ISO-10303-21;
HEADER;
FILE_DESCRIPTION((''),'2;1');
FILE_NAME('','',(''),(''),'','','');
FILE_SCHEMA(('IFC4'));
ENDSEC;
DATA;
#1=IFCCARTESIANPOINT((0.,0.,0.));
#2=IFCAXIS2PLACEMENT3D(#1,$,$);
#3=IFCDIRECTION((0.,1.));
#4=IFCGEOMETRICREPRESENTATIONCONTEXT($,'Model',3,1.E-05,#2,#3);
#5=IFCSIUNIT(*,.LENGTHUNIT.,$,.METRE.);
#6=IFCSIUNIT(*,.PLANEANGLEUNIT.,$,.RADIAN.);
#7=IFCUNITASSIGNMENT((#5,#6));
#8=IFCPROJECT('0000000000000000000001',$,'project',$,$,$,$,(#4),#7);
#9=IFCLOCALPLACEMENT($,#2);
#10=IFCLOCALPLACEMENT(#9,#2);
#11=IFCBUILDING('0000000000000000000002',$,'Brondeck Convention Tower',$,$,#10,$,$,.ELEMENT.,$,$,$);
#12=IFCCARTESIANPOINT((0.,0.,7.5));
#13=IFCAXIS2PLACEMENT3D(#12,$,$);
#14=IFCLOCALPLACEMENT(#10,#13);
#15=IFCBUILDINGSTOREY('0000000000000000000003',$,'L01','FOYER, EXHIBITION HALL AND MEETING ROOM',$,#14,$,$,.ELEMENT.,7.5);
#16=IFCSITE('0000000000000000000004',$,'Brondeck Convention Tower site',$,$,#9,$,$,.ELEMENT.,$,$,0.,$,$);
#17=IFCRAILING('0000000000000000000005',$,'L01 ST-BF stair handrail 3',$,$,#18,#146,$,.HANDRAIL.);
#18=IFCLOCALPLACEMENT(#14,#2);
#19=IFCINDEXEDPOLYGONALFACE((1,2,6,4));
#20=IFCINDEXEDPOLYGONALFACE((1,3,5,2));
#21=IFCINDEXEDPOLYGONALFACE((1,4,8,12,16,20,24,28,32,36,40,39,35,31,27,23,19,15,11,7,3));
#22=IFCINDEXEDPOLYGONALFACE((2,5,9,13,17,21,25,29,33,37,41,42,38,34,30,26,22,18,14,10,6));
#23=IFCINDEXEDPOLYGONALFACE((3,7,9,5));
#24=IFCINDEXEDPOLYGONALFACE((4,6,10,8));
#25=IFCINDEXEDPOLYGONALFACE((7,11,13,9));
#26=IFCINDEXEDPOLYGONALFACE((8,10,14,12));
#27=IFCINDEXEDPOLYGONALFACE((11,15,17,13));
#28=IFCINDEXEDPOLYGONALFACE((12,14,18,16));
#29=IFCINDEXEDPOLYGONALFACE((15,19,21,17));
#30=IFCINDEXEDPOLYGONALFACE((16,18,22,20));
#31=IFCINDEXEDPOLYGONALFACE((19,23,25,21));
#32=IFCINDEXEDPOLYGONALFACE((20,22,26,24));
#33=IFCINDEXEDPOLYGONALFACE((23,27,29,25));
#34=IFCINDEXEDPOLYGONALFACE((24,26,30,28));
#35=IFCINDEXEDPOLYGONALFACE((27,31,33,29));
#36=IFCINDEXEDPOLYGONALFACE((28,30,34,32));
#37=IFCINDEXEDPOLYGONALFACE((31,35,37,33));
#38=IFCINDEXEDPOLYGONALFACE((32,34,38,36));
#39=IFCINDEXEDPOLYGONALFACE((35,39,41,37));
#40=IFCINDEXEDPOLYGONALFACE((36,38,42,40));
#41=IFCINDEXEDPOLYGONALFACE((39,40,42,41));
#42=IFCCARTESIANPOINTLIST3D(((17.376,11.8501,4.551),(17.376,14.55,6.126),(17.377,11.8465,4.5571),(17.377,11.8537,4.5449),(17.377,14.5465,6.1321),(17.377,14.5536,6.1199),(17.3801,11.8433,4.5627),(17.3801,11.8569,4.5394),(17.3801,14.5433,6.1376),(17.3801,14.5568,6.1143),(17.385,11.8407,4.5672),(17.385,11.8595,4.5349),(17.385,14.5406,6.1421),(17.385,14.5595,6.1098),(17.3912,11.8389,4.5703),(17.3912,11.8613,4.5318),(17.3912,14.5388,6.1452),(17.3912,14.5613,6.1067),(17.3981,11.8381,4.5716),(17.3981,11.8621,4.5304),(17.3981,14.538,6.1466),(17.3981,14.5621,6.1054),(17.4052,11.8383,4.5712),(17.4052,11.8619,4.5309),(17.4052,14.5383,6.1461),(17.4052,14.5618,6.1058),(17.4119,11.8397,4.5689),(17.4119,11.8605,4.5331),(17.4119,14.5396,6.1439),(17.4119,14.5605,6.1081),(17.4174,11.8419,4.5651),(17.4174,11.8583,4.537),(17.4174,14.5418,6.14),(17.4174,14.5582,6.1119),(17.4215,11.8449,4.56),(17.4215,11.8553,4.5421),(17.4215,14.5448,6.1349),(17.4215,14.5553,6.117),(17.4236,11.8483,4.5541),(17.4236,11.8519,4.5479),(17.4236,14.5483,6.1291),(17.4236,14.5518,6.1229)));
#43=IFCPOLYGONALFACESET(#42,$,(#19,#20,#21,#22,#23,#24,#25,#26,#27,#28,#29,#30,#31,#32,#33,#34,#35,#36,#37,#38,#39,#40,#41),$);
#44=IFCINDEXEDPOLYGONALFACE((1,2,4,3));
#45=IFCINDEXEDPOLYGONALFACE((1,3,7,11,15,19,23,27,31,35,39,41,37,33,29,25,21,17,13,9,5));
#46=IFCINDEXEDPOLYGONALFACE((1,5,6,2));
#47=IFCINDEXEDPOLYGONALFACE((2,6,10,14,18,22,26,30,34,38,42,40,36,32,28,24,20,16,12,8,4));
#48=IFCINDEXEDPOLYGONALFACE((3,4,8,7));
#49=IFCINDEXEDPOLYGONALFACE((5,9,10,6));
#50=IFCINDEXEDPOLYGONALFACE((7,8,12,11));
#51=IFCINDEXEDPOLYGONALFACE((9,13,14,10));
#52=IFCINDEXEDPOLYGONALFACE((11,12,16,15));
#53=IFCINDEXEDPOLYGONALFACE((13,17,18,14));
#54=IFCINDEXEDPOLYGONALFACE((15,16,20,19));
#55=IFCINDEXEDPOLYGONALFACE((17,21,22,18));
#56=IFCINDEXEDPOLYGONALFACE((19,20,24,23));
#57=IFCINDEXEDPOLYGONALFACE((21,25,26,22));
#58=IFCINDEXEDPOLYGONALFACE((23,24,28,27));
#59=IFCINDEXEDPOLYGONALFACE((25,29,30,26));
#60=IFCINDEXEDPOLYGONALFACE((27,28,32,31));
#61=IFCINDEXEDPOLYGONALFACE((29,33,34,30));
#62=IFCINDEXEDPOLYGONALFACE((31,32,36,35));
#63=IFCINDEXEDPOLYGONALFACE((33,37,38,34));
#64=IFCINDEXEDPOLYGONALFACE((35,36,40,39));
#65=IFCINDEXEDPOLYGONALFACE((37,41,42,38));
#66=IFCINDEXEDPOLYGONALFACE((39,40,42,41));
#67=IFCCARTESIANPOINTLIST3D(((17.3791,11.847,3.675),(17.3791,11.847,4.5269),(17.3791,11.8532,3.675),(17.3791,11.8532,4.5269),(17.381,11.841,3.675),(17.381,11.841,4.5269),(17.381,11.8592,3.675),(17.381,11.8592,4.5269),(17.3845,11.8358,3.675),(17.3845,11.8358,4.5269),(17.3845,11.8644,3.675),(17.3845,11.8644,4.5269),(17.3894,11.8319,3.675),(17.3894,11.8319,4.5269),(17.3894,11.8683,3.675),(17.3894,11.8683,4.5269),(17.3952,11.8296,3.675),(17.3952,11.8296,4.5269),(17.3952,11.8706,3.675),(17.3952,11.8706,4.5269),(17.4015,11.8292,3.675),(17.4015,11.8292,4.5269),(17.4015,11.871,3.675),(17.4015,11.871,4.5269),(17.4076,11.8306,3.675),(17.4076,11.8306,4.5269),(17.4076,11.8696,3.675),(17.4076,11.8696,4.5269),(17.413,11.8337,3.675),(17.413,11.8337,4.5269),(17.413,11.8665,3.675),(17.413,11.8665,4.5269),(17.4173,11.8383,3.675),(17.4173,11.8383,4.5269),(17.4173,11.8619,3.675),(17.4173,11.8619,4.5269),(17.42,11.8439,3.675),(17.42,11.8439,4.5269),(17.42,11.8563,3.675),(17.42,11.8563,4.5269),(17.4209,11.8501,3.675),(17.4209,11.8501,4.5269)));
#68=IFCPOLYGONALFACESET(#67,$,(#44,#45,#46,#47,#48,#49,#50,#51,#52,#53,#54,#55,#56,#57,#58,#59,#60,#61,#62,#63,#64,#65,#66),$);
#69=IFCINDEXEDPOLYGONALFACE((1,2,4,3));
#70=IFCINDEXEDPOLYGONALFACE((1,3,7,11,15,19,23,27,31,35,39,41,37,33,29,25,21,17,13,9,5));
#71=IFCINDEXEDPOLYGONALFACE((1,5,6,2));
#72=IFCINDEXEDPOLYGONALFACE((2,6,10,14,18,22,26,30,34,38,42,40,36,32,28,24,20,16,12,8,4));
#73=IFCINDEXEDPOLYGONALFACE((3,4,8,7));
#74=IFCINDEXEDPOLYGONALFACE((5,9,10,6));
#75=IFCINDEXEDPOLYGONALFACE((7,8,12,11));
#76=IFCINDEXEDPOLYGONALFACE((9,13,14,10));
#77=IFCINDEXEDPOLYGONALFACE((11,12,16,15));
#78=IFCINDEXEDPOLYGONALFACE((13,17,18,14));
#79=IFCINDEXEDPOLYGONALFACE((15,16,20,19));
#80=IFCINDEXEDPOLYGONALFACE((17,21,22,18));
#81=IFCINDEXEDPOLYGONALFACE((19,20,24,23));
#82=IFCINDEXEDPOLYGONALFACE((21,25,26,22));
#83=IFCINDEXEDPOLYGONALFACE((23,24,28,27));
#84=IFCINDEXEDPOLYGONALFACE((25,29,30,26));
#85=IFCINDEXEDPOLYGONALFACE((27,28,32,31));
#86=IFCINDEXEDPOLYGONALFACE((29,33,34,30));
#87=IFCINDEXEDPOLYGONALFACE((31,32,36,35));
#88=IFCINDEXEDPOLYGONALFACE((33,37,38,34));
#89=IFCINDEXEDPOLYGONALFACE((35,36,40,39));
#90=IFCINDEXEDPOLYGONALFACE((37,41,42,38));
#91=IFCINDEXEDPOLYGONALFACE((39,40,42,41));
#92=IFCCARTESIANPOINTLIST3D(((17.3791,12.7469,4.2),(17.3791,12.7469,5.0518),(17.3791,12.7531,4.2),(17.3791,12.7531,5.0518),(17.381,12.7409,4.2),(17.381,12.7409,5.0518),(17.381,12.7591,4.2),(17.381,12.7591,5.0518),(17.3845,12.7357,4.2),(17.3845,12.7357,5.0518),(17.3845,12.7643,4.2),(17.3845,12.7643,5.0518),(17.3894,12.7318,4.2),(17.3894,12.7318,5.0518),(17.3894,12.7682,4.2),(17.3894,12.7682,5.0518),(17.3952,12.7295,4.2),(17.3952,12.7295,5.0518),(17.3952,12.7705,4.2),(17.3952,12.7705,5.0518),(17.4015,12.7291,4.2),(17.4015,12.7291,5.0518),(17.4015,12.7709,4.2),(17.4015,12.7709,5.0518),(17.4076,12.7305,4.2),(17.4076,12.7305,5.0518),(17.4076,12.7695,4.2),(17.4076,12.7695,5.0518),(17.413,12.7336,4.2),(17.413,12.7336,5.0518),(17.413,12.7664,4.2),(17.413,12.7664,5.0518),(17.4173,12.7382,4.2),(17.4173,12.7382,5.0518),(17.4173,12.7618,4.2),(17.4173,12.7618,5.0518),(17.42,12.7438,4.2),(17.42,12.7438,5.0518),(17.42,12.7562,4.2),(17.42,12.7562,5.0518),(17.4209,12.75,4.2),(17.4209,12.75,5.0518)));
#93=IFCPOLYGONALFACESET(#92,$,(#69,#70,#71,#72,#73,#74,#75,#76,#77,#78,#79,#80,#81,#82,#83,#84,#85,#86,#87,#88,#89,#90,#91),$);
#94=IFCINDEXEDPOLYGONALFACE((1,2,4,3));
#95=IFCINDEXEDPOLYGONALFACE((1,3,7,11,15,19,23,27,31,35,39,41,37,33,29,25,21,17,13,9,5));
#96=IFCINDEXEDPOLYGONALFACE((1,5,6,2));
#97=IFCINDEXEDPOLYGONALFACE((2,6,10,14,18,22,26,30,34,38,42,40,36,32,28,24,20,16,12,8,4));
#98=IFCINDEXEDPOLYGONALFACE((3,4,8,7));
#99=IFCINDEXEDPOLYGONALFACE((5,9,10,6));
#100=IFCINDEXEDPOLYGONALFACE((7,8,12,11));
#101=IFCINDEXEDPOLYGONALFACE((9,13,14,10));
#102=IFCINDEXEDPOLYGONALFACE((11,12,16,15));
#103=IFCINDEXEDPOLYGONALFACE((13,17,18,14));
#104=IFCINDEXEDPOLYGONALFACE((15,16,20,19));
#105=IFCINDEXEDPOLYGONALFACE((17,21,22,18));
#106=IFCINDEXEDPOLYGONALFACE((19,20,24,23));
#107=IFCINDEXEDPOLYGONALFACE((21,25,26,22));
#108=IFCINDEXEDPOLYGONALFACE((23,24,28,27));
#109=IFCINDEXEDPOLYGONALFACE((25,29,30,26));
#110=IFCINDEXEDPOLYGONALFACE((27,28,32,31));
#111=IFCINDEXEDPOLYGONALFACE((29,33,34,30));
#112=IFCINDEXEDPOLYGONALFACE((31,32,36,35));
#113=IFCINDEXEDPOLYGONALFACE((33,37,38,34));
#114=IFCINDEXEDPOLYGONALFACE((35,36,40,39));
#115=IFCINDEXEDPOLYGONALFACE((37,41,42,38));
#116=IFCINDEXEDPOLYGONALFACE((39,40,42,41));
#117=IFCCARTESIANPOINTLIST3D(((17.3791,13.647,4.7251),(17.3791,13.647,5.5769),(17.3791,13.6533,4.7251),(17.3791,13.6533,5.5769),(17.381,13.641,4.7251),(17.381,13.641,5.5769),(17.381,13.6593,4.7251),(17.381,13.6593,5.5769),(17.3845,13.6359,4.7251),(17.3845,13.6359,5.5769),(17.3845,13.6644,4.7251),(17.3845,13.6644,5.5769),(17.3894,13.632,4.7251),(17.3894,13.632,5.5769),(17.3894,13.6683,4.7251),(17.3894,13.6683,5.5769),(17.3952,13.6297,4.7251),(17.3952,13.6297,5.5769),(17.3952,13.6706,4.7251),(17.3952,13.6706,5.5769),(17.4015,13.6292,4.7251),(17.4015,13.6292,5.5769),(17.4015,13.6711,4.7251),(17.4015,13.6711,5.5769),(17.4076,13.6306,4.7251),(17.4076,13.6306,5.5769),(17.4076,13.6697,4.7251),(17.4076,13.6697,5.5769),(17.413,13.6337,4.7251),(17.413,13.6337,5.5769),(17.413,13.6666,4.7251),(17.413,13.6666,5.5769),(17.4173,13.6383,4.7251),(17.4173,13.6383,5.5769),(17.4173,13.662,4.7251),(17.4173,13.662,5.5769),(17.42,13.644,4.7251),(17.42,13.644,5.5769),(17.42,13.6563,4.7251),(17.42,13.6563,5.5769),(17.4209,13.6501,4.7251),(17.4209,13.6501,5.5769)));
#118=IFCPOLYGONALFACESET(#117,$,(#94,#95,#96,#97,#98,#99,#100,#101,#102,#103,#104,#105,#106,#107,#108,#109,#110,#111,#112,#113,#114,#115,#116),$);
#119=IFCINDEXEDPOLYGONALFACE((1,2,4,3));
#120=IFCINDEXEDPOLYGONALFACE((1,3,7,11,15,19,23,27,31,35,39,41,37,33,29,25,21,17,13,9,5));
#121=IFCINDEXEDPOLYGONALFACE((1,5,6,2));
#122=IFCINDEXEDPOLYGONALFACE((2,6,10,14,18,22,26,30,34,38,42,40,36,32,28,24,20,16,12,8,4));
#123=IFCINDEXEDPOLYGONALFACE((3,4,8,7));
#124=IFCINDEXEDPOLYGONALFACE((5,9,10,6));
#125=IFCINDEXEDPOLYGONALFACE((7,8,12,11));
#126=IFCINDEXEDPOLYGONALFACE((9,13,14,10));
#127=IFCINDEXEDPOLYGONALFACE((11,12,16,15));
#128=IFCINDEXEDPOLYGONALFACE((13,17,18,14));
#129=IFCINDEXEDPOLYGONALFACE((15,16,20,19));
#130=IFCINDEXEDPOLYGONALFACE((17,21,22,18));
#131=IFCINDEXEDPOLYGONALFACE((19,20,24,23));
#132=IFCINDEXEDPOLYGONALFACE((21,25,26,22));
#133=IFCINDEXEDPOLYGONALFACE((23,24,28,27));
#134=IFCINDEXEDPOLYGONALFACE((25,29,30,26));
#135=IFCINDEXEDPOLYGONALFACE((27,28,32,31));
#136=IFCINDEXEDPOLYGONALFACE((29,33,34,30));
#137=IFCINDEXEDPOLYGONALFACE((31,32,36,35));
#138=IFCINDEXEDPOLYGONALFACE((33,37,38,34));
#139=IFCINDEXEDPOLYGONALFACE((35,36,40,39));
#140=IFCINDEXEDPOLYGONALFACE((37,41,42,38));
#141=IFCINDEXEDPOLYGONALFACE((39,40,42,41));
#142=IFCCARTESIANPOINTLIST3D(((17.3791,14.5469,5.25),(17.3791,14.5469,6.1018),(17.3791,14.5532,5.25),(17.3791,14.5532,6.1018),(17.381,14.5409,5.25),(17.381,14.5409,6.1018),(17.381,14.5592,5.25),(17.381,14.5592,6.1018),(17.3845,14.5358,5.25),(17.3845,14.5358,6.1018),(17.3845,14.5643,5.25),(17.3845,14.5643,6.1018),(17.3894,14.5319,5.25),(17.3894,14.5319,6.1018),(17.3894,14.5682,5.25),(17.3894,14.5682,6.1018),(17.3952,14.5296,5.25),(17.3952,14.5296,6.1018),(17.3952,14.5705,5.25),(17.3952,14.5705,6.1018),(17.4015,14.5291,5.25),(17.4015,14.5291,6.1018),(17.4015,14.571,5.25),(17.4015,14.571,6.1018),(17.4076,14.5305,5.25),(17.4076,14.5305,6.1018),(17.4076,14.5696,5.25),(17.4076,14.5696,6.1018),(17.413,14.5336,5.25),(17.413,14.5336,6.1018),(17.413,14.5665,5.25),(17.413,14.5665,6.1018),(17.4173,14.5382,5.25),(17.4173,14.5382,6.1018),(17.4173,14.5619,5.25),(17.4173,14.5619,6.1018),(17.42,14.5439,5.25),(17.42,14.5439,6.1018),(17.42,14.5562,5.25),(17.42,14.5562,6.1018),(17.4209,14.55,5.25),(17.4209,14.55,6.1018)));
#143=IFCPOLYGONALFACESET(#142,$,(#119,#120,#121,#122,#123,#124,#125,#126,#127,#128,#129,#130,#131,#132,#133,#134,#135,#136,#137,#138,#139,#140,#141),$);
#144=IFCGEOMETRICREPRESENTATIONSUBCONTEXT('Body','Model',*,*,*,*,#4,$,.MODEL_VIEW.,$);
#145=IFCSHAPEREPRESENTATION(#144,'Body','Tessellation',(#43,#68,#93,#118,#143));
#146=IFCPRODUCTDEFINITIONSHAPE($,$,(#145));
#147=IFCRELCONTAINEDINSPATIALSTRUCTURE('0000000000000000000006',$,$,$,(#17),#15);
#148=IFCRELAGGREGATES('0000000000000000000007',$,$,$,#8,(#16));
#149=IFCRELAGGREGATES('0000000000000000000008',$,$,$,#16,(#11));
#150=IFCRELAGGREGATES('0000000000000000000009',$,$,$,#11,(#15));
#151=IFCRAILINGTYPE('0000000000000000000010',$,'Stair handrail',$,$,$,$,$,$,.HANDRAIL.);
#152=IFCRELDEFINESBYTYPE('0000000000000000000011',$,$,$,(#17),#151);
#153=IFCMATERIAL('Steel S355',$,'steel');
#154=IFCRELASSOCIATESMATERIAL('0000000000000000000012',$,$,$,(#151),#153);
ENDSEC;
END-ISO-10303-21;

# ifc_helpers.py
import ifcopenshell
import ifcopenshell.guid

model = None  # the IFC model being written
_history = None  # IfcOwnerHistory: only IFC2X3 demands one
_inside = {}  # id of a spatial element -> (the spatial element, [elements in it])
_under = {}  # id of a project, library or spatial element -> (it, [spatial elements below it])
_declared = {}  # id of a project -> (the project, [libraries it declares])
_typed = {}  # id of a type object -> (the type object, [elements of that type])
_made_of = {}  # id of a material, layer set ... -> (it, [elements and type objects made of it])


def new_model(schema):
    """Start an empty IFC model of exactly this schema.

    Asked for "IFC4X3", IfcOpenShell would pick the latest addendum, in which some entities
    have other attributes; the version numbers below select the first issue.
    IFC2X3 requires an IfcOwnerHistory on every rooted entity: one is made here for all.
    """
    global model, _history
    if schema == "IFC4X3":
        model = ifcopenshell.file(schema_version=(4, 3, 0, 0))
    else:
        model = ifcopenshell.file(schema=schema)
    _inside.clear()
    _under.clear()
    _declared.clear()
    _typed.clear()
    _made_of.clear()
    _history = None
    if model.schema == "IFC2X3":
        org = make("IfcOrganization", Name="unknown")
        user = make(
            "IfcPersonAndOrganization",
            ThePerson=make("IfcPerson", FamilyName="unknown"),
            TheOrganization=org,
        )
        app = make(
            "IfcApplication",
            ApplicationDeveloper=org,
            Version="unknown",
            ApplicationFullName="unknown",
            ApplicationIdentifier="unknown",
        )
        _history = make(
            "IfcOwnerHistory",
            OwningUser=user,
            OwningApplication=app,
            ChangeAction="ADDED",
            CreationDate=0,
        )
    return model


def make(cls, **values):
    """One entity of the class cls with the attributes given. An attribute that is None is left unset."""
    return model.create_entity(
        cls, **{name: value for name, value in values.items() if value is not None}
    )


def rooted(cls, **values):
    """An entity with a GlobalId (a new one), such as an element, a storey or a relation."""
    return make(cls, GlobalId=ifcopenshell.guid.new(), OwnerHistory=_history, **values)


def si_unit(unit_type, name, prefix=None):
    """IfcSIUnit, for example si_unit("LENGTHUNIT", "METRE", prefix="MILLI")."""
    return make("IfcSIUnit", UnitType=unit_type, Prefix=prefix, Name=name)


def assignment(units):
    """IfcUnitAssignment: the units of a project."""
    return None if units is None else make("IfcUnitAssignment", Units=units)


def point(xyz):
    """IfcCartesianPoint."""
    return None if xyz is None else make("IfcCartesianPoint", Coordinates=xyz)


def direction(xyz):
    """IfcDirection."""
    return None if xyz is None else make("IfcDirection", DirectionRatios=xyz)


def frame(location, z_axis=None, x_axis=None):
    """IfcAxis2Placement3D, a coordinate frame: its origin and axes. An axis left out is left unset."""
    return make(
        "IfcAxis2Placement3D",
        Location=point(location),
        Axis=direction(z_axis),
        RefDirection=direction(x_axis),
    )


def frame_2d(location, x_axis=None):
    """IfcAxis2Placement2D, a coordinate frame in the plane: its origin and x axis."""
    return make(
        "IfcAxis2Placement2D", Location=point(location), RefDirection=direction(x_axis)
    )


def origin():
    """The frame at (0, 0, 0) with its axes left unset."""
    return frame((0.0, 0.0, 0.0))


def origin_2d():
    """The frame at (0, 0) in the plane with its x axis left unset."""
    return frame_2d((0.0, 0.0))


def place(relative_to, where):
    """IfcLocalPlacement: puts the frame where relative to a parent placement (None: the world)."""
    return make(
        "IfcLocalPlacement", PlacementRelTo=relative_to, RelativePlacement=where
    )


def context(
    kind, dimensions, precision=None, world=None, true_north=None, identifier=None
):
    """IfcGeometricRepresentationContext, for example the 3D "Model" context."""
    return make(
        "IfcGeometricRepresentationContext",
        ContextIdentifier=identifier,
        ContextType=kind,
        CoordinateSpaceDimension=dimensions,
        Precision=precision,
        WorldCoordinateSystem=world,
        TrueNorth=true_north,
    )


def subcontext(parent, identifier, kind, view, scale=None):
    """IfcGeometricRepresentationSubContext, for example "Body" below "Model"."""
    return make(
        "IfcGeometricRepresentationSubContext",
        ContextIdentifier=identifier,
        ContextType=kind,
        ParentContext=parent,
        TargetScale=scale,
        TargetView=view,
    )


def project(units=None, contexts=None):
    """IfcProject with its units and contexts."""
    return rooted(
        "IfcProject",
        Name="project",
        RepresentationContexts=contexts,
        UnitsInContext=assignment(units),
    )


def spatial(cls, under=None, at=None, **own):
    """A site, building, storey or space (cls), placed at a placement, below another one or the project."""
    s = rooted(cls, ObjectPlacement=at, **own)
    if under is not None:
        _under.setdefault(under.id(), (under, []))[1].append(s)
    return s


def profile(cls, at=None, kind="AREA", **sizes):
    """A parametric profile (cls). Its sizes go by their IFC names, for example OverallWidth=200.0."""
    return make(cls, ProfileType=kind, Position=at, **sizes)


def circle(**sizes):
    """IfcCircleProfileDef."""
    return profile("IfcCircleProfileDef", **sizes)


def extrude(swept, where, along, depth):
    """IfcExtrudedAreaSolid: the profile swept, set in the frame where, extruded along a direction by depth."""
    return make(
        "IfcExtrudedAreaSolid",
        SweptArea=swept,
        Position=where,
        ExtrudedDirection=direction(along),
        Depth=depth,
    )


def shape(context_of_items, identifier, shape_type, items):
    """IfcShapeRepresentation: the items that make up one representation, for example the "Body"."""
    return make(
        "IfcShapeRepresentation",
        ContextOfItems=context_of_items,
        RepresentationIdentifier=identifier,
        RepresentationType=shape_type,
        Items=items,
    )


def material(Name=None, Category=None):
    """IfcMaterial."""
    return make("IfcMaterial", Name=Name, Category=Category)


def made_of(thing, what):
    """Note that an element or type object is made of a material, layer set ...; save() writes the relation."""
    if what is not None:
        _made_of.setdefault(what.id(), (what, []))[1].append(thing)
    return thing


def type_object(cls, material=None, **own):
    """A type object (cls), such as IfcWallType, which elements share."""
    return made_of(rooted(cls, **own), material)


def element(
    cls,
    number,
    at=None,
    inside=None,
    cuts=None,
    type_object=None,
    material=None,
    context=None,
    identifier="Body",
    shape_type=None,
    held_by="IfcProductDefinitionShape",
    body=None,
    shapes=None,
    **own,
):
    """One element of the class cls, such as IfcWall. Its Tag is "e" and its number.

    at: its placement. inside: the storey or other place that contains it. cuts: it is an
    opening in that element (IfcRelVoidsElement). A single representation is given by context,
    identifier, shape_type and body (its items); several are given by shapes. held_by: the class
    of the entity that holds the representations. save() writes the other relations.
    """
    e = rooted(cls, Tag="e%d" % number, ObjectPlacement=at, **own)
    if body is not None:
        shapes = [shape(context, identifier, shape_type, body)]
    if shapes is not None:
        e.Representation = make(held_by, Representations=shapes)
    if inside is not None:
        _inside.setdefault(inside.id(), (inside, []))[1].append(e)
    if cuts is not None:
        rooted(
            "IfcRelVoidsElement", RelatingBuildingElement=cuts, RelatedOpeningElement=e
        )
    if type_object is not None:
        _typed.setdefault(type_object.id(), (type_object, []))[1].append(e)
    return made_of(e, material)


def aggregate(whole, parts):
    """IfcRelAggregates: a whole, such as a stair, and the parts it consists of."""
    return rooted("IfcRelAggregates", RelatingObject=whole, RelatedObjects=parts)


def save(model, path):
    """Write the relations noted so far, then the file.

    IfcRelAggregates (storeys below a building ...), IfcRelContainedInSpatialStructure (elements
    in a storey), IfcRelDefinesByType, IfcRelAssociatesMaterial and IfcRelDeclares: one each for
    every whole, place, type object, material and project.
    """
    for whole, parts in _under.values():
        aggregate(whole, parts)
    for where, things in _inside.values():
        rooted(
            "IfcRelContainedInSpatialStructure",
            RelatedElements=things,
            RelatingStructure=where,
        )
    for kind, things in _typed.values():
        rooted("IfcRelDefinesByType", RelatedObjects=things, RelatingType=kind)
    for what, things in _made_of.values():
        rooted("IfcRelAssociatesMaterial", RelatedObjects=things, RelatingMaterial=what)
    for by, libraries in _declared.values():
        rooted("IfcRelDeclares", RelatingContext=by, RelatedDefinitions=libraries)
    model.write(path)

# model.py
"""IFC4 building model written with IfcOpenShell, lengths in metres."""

from ifc_helpers import new_model, si_unit, direction, frame, origin, origin_2d, place, context, subcontext, project, spatial, circle, extrude, material, type_object, element, save


model = new_model("IFC4")

# Units and contexts
model_context = context("Model", 3, precision=1e-05, world=origin(), true_north=direction((0.0, 1.0)))
body_context = subcontext(model_context, "Body", "Model", "MODEL_VIEW")
ifc_project = project(units=[si_unit("LENGTHUNIT", "METRE"), si_unit("PLANEANGLEUNIT", "RADIAN")], contexts=[model_context])

# Site, building, storey
site_placement = place(None, origin())
site = spatial("IfcSite", under=ifc_project, at=site_placement, Name="Brondeck Convention Tower site", CompositionType="ELEMENT", RefElevation=0.0)
building_placement = place(site_placement, origin())
building = spatial("IfcBuilding", under=site, at=building_placement, Name="Brondeck Convention Tower", CompositionType="ELEMENT")
storey_placement = place(building_placement, frame((0.0, 0.0, 7.5)))
storey = spatial("IfcBuildingStorey", under=building, at=storey_placement, Name="L01", Description="FOYER, EXHIBITION HALL AND MEETING ROOM", CompositionType="ELEMENT", Elevation=7.5)

# Shared definitions
ifc_material_1 = material(Name="Steel S355", Category="steel")

# Railing
railing_type_1 = type_object("IfcRailingType", Name="Stair handrail", PredefinedType="HANDRAIL", material=ifc_material_1)
railing_1_placement = place(storey_placement, frame((17.3999, 11.8501, 3.675)))
element("IfcRailing", 1, at=railing_1_placement, inside=storey, type_object=railing_type_1, Name="L01 ST-BF stair handrail 3", PredefinedType="HANDRAIL", context=body_context, shape_type="SweptSolid", body=[
    extrude(circle(Radius=0.0239, at=origin_2d()), frame((0.0, 0.0, 0.876), z_axis=(0.0, 0.863782, 0.503866), x_axis=(-1.0, 0.0, 0.0)), (0.0, 0.0, 1.0), 3.1257),
    extrude(circle(Radius=0.021, at=origin_2d()), origin(), (0.0, 0.0, 1.0), 0.8518),
    extrude(circle(Radius=0.021, at=origin_2d()), frame((0.0, 0.8999, 0.5249)), (0.0, 0.0, 1.0), 0.8518),
    extrude(circle(Radius=0.021, at=origin_2d()), frame((0.0, 1.8, 1.05)), (0.0, 0.0, 1.0), 0.8518),
    extrude(circle(Radius=0.021, at=origin_2d()), frame((0.0, 2.7, 1.575)), (0.0, 0.0, 1.0), 0.8518),
])

save(model, "model.ifc")
